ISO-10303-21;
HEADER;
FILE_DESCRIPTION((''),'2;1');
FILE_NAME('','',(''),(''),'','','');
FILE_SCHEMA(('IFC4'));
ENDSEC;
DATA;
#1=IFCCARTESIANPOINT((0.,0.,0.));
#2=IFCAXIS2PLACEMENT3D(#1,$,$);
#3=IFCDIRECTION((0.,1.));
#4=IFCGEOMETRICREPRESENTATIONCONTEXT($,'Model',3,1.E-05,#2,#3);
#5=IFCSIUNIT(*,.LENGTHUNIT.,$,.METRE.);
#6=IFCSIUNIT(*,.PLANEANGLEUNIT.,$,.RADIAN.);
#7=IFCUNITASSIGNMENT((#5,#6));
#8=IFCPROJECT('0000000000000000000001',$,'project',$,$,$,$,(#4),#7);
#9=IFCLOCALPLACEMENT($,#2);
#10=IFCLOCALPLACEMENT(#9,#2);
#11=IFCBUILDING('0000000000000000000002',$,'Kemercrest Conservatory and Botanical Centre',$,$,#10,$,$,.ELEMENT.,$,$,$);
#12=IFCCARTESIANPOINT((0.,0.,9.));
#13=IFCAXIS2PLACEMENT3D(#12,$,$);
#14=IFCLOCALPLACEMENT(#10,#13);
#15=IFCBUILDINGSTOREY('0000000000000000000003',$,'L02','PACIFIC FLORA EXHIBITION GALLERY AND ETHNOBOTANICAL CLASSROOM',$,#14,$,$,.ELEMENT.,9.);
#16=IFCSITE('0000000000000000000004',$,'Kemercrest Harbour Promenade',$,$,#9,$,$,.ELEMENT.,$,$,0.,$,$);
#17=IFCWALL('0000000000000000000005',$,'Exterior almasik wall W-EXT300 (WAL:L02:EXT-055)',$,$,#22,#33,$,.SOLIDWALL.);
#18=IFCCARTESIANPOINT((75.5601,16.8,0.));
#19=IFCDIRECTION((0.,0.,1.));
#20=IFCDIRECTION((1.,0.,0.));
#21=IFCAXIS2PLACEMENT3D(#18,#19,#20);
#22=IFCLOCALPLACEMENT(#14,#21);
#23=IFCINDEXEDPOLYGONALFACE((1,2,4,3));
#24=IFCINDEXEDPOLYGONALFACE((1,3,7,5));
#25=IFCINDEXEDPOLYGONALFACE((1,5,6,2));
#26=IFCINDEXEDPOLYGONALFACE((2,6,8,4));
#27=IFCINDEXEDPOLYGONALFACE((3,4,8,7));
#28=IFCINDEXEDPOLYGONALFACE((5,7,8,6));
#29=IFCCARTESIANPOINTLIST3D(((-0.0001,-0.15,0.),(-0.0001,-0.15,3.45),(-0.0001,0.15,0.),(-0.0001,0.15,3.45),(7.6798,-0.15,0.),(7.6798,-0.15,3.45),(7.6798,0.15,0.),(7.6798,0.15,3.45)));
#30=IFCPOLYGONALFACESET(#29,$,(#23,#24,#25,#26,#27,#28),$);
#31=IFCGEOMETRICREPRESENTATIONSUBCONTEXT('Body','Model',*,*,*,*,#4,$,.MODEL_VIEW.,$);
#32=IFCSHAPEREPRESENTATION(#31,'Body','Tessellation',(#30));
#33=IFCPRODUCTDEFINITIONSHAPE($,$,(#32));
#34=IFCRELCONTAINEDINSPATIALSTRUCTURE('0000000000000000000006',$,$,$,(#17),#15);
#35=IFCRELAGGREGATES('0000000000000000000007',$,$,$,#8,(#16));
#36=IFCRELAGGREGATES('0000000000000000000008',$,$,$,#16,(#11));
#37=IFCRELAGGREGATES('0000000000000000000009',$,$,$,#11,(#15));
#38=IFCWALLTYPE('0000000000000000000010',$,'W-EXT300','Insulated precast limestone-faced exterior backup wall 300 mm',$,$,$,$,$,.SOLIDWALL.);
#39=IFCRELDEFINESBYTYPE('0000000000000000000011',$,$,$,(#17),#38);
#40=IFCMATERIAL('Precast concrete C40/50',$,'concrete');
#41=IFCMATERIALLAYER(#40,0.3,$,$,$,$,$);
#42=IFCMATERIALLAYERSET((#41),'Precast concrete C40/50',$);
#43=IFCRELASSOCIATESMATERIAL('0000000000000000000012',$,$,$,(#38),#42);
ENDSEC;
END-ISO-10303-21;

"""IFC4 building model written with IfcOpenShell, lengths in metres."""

from ifc_helpers import new_model, si_unit, direction, frame, frame_2d, origin, place, context, subcontext, project, spatial, rectangle, extrude, material, layer, layer_set, type_object, element, save


model = new_model("IFC4")

# Units and contexts
model_context = context("Model", 3, precision=1e-05, world=origin(), true_north=direction((0.0, 1.0)))
body_context = subcontext(model_context, "Body", "Model", "MODEL_VIEW")
ifc_project = project(units=[si_unit("LENGTHUNIT", "METRE"), si_unit("PLANEANGLEUNIT", "RADIAN")], contexts=[model_context])

# Site, building, storey
site_placement = place(None, origin())
site = spatial("IfcSite", under=ifc_project, at=site_placement, Name="Kemercrest Harbour Promenade", CompositionType="ELEMENT", RefElevation=0.0)
building_placement = place(site_placement, origin())
building = spatial("IfcBuilding", under=site, at=building_placement, Name="Kemercrest Conservatory and Botanical Centre", CompositionType="ELEMENT")
storey_placement = place(building_placement, frame((0.0, 0.0, 9.0)))
storey = spatial("IfcBuildingStorey", under=building, at=storey_placement, Name="L02", Description="PACIFIC FLORA EXHIBITION GALLERY AND ETHNOBOTANICAL CLASSROOM", CompositionType="ELEMENT", Elevation=9.0)

# Shared definitions
ifc_material_1 = material(Name="Precast concrete C40/50", Category="concrete")

# Wall
ifc_layer = layer(ifc_material_1, 0.3)
ifc_layer_set = layer_set([ifc_layer], Name="Precast concrete C40/50")
wall_type = type_object("IfcWallType", Name="W-EXT300", Description="Insulated precast limestone-faced exterior backup wall 300 mm", PredefinedType="SOLIDWALL", material=ifc_layer_set)
for number, where, z_axis, x_axis, name in (
    (1, (75.5601, 16.8, 0.0), (0.0, 0.0, 1.0), (1.0, 0.0, 0.0), "Exterior almasik wall W-EXT300 (WAL:L02:EXT-055)"),
):
    element("IfcWall", number, at=place(storey_placement, frame(where, z_axis=z_axis, x_axis=x_axis)), inside=storey, type_object=wall_type, Name=name, PredefinedType="SOLIDWALL", context=body_context, shape_type="SweptSolid", body=[
        extrude(rectangle(XDim=7.6799, YDim=0.3, at=frame_2d((3.8398, 0.0))), origin(), (0.0, 0.0, 1.0), 3.45),
    ])

save(model, "model.ifc")
